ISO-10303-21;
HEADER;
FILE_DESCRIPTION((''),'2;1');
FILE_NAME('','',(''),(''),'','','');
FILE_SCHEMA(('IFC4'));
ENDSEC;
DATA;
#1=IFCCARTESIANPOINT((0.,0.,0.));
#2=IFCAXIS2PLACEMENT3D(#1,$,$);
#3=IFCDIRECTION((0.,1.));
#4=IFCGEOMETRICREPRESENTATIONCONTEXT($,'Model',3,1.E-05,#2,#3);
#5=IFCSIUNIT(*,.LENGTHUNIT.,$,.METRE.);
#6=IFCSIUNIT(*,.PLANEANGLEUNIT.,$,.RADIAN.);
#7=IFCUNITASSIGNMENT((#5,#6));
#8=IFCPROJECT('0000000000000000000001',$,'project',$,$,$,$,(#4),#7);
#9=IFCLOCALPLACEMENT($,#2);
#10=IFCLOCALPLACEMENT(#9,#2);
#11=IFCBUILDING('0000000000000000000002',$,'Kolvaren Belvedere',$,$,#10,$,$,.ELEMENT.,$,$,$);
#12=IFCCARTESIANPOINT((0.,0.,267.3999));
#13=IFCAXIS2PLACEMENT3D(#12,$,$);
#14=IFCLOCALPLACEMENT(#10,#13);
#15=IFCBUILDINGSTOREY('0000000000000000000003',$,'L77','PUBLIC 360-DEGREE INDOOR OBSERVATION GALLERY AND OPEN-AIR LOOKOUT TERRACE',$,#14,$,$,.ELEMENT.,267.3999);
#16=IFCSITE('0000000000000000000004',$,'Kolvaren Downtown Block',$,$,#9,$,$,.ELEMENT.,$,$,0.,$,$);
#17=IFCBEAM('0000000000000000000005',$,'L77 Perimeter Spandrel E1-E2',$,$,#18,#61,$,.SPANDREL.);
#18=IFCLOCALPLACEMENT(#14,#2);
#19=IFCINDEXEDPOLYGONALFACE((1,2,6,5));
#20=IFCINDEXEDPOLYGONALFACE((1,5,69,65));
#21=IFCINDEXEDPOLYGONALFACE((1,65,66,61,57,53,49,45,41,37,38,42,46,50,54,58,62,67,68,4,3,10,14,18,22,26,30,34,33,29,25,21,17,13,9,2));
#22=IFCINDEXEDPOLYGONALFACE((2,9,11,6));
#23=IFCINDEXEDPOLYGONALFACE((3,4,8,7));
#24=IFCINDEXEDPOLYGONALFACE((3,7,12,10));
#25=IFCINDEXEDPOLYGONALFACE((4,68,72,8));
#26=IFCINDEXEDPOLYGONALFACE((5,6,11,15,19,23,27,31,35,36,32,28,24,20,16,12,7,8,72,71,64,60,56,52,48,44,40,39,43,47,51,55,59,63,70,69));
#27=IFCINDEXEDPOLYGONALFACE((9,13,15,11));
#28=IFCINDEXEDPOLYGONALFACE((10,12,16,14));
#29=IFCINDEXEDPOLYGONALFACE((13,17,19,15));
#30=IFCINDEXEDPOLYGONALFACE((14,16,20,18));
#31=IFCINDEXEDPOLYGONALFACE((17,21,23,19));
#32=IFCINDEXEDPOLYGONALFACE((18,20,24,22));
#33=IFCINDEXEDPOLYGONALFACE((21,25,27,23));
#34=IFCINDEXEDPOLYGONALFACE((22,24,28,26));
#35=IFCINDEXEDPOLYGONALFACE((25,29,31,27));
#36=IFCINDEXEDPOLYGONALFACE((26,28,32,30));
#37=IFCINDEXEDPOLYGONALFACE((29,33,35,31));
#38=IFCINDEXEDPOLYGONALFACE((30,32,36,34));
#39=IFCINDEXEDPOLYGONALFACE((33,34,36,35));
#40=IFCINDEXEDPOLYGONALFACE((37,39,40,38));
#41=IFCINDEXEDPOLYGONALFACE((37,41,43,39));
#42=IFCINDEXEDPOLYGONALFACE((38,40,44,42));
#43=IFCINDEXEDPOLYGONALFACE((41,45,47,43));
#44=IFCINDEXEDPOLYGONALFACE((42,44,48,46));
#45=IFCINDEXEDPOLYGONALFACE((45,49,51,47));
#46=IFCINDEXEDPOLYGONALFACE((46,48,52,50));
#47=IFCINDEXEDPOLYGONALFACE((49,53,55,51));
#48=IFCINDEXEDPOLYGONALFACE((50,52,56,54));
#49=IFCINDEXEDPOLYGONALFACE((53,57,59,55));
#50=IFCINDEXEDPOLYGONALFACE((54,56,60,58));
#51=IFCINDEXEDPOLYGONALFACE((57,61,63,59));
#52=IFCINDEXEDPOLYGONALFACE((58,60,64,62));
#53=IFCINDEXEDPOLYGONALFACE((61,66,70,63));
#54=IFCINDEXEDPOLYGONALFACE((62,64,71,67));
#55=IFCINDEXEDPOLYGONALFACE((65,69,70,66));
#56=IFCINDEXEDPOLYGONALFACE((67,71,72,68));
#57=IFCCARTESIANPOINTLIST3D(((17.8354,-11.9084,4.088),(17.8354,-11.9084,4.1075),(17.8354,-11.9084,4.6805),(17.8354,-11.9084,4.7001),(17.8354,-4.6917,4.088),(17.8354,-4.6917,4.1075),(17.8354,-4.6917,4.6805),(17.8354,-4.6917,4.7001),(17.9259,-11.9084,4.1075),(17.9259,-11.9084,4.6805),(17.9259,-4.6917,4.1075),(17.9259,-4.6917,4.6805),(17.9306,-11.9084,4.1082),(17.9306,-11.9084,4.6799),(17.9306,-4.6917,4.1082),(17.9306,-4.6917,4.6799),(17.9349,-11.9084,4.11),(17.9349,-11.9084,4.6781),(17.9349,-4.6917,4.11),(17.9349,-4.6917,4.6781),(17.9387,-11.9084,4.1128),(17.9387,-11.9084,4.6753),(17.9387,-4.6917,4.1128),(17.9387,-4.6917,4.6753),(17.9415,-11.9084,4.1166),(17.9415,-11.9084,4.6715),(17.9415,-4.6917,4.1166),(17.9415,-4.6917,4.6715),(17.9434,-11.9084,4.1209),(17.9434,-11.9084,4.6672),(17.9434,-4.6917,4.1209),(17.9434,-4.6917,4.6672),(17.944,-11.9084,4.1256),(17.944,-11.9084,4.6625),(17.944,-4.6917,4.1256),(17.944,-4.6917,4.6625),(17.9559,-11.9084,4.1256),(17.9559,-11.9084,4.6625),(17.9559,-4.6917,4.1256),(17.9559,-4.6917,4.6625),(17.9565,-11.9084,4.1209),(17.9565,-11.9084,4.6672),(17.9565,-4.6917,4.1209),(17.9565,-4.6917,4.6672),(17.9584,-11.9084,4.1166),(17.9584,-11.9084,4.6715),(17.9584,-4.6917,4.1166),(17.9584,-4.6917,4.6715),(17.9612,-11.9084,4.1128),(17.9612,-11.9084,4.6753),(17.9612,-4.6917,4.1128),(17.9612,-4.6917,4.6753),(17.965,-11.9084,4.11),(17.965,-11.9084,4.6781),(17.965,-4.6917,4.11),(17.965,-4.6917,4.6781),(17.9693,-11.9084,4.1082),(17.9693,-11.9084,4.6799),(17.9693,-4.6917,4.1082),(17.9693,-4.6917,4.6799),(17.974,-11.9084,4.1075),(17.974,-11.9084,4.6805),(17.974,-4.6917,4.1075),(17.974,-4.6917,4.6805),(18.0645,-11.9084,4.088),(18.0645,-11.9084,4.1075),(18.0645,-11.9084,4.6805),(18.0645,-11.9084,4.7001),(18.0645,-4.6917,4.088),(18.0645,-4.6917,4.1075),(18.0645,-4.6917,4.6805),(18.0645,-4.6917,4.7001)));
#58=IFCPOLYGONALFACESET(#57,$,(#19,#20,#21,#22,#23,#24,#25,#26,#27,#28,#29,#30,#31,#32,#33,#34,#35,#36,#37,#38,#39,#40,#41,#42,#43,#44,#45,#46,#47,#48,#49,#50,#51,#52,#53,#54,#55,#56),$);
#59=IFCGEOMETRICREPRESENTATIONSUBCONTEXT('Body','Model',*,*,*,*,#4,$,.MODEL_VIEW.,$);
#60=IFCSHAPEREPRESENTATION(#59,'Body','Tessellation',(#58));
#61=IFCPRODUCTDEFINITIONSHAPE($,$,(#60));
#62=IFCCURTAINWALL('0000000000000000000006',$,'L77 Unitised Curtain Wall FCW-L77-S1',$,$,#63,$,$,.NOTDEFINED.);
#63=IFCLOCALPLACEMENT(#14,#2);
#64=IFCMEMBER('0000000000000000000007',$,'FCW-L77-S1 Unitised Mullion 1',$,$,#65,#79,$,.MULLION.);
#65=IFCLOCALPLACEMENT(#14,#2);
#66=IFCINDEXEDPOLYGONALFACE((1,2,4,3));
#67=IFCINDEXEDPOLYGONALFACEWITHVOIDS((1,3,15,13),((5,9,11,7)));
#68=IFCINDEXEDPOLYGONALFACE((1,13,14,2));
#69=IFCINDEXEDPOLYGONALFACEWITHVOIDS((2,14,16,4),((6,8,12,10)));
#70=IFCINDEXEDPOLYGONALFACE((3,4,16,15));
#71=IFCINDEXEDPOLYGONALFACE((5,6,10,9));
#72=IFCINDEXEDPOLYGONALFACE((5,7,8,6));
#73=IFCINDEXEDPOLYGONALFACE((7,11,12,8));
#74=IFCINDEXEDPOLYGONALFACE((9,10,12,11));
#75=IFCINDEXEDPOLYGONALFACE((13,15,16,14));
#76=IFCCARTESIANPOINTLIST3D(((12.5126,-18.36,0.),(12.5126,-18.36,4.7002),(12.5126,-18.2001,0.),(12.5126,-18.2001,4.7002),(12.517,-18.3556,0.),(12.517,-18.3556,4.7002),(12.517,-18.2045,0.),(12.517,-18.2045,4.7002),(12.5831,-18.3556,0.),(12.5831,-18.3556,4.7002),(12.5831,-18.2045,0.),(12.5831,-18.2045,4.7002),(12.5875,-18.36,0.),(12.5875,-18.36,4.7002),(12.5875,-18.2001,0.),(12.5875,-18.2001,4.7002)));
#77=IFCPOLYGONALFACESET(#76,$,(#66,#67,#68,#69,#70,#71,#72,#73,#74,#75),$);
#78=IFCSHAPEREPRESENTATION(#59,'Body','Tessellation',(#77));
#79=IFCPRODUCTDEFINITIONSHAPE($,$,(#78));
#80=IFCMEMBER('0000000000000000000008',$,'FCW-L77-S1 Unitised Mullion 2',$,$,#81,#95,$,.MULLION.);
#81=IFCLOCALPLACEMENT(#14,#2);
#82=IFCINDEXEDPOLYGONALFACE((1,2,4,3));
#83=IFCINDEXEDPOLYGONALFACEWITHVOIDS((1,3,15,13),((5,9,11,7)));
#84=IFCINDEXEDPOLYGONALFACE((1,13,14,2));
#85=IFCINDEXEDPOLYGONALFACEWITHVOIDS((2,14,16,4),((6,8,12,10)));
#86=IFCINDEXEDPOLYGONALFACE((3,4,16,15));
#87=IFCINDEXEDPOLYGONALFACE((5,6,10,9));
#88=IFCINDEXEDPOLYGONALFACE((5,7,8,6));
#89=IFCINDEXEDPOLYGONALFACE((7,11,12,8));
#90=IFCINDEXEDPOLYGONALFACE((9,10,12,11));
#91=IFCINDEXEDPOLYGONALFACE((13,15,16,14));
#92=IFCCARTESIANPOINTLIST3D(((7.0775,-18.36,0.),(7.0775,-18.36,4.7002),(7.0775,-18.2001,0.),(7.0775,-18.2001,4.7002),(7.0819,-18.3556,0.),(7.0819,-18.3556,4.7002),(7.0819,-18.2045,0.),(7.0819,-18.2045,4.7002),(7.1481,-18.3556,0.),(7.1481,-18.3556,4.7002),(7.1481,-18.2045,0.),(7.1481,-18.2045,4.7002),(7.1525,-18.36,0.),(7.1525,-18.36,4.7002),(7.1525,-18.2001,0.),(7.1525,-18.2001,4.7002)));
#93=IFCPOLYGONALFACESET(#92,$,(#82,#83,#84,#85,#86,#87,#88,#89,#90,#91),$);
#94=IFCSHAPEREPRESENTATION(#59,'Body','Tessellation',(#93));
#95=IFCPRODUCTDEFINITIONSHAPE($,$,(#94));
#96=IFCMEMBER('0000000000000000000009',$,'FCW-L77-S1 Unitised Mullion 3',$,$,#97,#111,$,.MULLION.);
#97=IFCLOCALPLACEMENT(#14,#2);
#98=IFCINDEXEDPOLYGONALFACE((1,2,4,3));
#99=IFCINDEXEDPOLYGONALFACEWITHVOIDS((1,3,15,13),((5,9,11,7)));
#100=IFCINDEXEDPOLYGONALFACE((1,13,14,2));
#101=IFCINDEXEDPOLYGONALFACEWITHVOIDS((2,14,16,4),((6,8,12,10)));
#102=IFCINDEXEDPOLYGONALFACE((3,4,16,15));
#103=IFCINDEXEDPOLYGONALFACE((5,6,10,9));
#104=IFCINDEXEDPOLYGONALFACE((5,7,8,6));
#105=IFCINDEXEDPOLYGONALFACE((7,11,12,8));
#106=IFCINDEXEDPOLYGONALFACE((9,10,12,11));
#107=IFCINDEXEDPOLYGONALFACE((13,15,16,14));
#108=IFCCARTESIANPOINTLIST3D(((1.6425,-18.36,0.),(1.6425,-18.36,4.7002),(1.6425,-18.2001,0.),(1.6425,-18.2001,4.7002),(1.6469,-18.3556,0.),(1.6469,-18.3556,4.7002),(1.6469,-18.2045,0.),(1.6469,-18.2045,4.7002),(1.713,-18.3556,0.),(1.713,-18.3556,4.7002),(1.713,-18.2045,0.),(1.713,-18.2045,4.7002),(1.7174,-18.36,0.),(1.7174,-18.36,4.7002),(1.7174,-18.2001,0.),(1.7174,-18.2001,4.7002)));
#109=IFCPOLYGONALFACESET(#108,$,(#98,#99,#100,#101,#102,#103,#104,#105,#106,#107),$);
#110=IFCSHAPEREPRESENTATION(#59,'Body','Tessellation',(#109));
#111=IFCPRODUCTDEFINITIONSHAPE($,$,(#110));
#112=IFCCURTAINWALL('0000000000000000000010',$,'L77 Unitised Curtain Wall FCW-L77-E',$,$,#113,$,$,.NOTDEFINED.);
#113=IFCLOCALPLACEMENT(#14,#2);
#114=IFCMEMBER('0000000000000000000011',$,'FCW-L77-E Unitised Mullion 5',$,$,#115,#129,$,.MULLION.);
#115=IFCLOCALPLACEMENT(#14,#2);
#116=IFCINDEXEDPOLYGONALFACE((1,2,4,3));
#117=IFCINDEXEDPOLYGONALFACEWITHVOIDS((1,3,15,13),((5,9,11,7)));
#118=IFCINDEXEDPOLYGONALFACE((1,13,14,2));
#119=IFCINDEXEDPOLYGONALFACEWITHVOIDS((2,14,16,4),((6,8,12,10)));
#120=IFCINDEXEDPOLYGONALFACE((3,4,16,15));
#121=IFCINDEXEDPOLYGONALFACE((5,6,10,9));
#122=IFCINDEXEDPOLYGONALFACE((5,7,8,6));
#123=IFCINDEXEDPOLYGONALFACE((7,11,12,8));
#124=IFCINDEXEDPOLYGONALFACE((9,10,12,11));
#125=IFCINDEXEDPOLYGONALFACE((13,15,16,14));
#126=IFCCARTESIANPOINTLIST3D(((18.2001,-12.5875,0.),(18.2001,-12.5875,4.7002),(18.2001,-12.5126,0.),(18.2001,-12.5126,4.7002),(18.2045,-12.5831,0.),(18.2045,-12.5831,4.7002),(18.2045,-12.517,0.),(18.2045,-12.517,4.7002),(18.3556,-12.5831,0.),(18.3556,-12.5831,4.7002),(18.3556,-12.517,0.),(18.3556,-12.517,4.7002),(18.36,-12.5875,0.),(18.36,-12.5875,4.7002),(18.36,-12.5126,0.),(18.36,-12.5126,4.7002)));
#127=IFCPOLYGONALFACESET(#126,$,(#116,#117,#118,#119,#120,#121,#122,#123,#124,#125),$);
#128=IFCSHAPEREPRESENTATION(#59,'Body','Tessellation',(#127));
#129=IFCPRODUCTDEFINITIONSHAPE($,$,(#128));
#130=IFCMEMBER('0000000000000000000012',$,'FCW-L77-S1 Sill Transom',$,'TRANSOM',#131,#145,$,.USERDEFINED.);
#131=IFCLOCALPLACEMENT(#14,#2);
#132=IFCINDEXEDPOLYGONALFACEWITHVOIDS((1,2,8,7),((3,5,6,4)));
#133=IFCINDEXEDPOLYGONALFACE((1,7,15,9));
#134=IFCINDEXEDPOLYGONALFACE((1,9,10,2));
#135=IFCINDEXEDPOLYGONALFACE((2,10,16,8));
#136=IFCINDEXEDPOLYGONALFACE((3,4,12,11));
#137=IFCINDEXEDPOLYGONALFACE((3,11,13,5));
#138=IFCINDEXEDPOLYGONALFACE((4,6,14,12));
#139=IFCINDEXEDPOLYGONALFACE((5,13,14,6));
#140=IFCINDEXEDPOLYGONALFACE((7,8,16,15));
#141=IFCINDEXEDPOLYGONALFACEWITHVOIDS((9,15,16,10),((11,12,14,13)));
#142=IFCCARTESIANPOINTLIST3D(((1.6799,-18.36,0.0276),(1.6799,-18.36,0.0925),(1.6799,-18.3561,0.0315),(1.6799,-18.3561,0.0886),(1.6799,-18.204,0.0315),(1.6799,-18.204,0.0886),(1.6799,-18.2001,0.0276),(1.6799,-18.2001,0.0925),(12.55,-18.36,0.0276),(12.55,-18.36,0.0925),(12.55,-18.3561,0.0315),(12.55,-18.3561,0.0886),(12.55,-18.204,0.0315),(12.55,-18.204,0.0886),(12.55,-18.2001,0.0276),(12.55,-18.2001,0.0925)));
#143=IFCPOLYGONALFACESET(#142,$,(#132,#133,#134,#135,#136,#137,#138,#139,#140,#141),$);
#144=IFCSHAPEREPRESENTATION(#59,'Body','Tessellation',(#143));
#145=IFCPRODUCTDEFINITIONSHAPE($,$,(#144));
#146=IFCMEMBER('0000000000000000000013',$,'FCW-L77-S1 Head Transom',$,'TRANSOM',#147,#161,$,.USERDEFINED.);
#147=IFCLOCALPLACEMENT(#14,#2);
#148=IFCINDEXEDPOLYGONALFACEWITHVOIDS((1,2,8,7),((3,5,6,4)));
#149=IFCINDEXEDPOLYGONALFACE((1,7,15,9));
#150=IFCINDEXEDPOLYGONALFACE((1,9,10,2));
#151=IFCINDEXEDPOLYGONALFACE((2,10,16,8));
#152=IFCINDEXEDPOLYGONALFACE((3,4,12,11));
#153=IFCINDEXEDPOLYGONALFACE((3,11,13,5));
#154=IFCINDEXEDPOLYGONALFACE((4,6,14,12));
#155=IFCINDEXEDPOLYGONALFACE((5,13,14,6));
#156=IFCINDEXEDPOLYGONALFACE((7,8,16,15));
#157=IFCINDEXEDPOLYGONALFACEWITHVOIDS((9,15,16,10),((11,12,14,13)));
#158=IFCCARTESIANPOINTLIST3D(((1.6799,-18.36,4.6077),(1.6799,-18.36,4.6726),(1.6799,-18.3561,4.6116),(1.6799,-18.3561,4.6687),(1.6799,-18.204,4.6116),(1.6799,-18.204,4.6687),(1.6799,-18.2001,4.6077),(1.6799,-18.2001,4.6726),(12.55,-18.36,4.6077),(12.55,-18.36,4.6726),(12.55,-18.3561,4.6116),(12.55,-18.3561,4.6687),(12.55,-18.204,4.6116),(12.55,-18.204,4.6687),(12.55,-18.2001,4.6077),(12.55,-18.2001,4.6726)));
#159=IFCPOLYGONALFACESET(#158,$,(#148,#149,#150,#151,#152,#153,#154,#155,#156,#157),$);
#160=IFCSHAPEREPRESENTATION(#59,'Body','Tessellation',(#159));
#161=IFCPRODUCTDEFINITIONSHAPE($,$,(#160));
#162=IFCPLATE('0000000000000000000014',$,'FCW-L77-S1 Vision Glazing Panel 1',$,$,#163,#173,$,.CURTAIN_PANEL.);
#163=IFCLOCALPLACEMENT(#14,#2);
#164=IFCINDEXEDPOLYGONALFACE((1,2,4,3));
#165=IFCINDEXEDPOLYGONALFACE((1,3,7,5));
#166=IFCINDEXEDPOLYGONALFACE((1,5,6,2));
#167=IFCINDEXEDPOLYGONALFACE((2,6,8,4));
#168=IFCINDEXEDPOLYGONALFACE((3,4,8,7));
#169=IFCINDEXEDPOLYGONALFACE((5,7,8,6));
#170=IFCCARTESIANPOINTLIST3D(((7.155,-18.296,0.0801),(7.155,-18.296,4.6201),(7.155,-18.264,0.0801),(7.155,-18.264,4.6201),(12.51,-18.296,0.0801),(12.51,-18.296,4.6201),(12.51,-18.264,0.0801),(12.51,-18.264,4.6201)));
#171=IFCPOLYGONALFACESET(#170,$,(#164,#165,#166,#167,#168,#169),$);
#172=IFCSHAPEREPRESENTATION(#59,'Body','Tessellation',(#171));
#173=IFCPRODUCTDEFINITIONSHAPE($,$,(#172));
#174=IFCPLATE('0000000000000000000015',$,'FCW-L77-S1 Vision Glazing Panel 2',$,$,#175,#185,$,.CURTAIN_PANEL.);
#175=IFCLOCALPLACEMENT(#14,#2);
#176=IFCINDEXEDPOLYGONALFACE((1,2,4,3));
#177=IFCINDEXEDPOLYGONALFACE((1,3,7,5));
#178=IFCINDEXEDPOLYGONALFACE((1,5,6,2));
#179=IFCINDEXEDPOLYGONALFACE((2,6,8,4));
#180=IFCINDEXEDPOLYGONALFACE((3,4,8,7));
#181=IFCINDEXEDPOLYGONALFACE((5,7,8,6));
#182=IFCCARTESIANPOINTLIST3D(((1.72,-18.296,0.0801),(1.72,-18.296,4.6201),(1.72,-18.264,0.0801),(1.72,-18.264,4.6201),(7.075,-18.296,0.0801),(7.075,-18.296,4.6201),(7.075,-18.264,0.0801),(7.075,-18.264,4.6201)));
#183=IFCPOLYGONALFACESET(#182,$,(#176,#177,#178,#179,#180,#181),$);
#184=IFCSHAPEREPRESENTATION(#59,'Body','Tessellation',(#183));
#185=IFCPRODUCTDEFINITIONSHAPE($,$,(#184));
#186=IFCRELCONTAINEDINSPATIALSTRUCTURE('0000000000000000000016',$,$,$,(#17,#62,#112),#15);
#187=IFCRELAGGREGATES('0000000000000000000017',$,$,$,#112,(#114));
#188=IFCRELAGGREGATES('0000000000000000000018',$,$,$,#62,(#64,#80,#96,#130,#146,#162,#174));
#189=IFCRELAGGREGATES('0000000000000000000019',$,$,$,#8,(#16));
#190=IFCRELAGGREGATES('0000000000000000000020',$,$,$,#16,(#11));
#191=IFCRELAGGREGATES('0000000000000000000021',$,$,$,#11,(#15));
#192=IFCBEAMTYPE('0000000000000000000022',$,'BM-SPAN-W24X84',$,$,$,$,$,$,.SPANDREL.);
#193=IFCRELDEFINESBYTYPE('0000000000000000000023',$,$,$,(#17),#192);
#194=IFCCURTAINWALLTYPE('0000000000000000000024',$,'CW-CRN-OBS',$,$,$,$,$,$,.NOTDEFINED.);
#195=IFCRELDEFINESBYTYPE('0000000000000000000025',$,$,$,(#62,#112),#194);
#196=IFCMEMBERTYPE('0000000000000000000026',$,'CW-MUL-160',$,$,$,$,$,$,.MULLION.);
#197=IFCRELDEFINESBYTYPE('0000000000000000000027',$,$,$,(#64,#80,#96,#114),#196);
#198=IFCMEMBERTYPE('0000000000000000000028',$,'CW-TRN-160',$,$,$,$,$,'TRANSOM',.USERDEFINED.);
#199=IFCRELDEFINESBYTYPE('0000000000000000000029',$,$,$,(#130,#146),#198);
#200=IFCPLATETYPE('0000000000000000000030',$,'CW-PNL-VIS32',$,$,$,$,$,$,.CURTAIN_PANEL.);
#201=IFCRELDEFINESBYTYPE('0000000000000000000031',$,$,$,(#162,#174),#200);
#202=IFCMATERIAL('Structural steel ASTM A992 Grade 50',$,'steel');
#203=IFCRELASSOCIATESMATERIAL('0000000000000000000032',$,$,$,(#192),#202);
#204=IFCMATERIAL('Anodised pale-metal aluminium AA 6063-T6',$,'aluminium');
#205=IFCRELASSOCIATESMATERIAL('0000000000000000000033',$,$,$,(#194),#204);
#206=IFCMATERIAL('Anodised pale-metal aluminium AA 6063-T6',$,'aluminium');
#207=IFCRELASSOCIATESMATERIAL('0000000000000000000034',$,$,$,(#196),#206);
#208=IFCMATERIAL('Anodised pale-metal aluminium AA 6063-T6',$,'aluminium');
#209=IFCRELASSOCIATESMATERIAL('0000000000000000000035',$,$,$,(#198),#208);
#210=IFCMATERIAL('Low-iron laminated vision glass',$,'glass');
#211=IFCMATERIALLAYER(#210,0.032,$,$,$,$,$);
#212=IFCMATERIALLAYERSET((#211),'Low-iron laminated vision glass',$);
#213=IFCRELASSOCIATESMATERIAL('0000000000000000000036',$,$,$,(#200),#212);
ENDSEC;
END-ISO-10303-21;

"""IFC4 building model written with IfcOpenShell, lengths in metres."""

from ifc_helpers import new_model, si_unit, direction, frame, origin, origin_2d, place, context, subcontext, project, spatial, rectangle, hollow_rectangle, i_section, extrude, material, layer, layer_set, material_profile, profile_set, type_object, element, aggregate, save


model = new_model("IFC4")

# Units and contexts
model_context = context("Model", 3, precision=1e-05, world=origin(), true_north=direction((0.0, 1.0)))
body_context = subcontext(model_context, "Body", "Model", "MODEL_VIEW")
ifc_project = project(units=[si_unit("LENGTHUNIT", "METRE"), si_unit("PLANEANGLEUNIT", "RADIAN")], contexts=[model_context])

# Site, building, storey
site_placement = place(None, origin())
site = spatial("IfcSite", under=ifc_project, at=site_placement, Name="Kolvaren Downtown Block", CompositionType="ELEMENT", RefElevation=0.0)
building_placement = place(site_placement, origin())
building = spatial("IfcBuilding", under=site, at=building_placement, Name="Kolvaren Belvedere", CompositionType="ELEMENT")
storey_placement = place(building_placement, frame((0.0, 0.0, 267.3999)))
storey = spatial("IfcBuildingStorey", under=building, at=storey_placement, Name="L77", Description="PUBLIC 360-DEGREE INDOOR OBSERVATION GALLERY AND OPEN-AIR LOOKOUT TERRACE", CompositionType="ELEMENT", Elevation=267.3999)

# Beam
ifc_material_1 = material(Name="Structural steel ASTM A992 Grade 50", Category="steel")
ifc_material_profile_1 = material_profile(ifc_material_1, i_section(OverallWidth=0.229, OverallDepth=0.6121, WebThickness=0.012, FlangeThickness=0.0195, FilletRadius=0.0181, at=origin_2d()), Name="W24X84")
ifc_profile_set_1 = profile_set([ifc_material_profile_1], Name="Structural steel ASTM A992 Grade 50")
beam_type_1 = type_object("IfcBeamType", Name="BM-SPAN-W24X84", PredefinedType="SPANDREL", material=ifc_profile_set_1)
beam_1_placement = place(storey_placement, frame((17.95, -11.9084, 4.394), z_axis=(0.0, 1.0, 0.0), x_axis=(-1.0, 0.0, 0.0)))
element("IfcBeam", 1, at=beam_1_placement, inside=storey, type_object=beam_type_1, Name="L77 Perimeter Spandrel E1-E2", PredefinedType="SPANDREL", context=body_context, shape_type="SweptSolid", body=[
    extrude(i_section(OverallWidth=0.229, OverallDepth=0.6121, WebThickness=0.012, FlangeThickness=0.0195, FilletRadius=0.0181, at=origin_2d()), origin(), (0.0, 0.0, 1.0), 7.2168),
])

# Curtain wall, members
ifc_material_2 = material(Name="Anodised pale-metal aluminium AA 6063-T6", Category="aluminium")
curtain_wall_type = type_object("IfcCurtainWallType", Name="CW-CRN-OBS", PredefinedType="NOTDEFINED", material=ifc_material_2)
curtain_wall_1_placement = place(storey_placement, origin())
curtain_wall_1 = element("IfcCurtainWall", 2, at=curtain_wall_1_placement, inside=storey, type_object=curtain_wall_type, Name="L77 Unitised Curtain Wall FCW-L77-S1", PredefinedType="NOTDEFINED")
ifc_material_3 = material(Name="Anodised pale-metal aluminium AA 6063-T6", Category="aluminium")
ifc_material_profile_2 = material_profile(ifc_material_3, hollow_rectangle(XDim=0.075, YDim=0.1599, WallThickness=0.0044, at=origin_2d()), Name="ALU-MUL-160X75")
ifc_profile_set_2 = profile_set([ifc_material_profile_2], Name="Anodised pale-metal aluminium AA 6063-T6")
member_type_1 = type_object("IfcMemberType", Name="CW-MUL-160", PredefinedType="MULLION", material=ifc_profile_set_2)
member_1_placement = place(storey_placement, frame((12.55, -18.28, 0.0), z_axis=(0.0, 0.0, 1.0), x_axis=(1.0, 0.0, 0.0)))
member_1 = element("IfcMember", 3, at=member_1_placement, type_object=member_type_1, Name="FCW-L77-S1 Unitised Mullion 1", PredefinedType="MULLION", context=body_context, shape_type="SweptSolid", body=[
    extrude(hollow_rectangle(XDim=0.075, YDim=0.1599, WallThickness=0.0044, at=origin_2d()), origin(), (0.0, 0.0, 1.0), 4.7002),
])
member_2_placement = place(storey_placement, frame((7.115, -18.28, 0.0), z_axis=(0.0, 0.0, 1.0), x_axis=(1.0, 0.0, 0.0)))
member_2 = element("IfcMember", 4, at=member_2_placement, type_object=member_type_1, Name="FCW-L77-S1 Unitised Mullion 2", PredefinedType="MULLION", context=body_context, shape_type="SweptSolid", body=[
    extrude(hollow_rectangle(XDim=0.075, YDim=0.1599, WallThickness=0.0044, at=origin_2d()), origin(), (0.0, 0.0, 1.0), 4.7002),
])
member_3_placement = place(storey_placement, frame((1.6799, -18.28, 0.0), z_axis=(0.0, 0.0, 1.0), x_axis=(1.0, 0.0, 0.0)))
member_3 = element("IfcMember", 5, at=member_3_placement, type_object=member_type_1, Name="FCW-L77-S1 Unitised Mullion 3", PredefinedType="MULLION", context=body_context, shape_type="SweptSolid", body=[
    extrude(hollow_rectangle(XDim=0.075, YDim=0.1599, WallThickness=0.0044, at=origin_2d()), origin(), (0.0, 0.0, 1.0), 4.7002),
])

# Curtain wall, member
curtain_wall_2_placement = place(storey_placement, origin())
curtain_wall_2 = element("IfcCurtainWall", 6, at=curtain_wall_2_placement, inside=storey, type_object=curtain_wall_type, Name="L77 Unitised Curtain Wall FCW-L77-E", PredefinedType="NOTDEFINED")
member_4_placement = place(storey_placement, frame((18.28, -12.55, 0.0), z_axis=(0.0, 0.0, 1.0), x_axis=(0.0, 1.0, 0.0)))
member_4 = element("IfcMember", 7, at=member_4_placement, type_object=member_type_1, Name="FCW-L77-E Unitised Mullion 5", PredefinedType="MULLION", context=body_context, shape_type="SweptSolid", body=[
    extrude(hollow_rectangle(XDim=0.075, YDim=0.1599, WallThickness=0.0044, at=origin_2d()), origin(), (0.0, 0.0, 1.0), 4.7002),
])
aggregate(curtain_wall_2, [member_4])

# Members
ifc_material_4 = material(Name="Anodised pale-metal aluminium AA 6063-T6", Category="aluminium")
ifc_material_profile_3 = material_profile(ifc_material_4, hollow_rectangle(XDim=0.0649, YDim=0.1599, WallThickness=0.0039, at=origin_2d()), Name="ALU-TRN-160X65")
ifc_profile_set_3 = profile_set([ifc_material_profile_3], Name="Anodised pale-metal aluminium AA 6063-T6")
member_type_2 = type_object("IfcMemberType", Name="CW-TRN-160", ElementType="TRANSOM", PredefinedType="USERDEFINED", material=ifc_profile_set_3)
member_5_placement = place(storey_placement, frame((12.55, -18.28, 0.0601), z_axis=(-1.0, 0.0, 0.0), x_axis=(0.0, 0.0, 1.0)))
member_5 = element("IfcMember", 8, at=member_5_placement, type_object=member_type_2, Name="FCW-L77-S1 Sill Transom", ObjectType="TRANSOM", PredefinedType="USERDEFINED", context=body_context, shape_type="SweptSolid", body=[
    extrude(hollow_rectangle(XDim=0.0649, YDim=0.1599, WallThickness=0.0039, at=origin_2d()), origin(), (0.0, 0.0, 1.0), 10.8701),
])
member_6_placement = place(storey_placement, frame((12.55, -18.28, 4.6401), z_axis=(-1.0, 0.0, 0.0), x_axis=(0.0, 0.0, 1.0)))
member_6 = element("IfcMember", 9, at=member_6_placement, type_object=member_type_2, Name="FCW-L77-S1 Head Transom", ObjectType="TRANSOM", PredefinedType="USERDEFINED", context=body_context, shape_type="SweptSolid", body=[
    extrude(hollow_rectangle(XDim=0.0649, YDim=0.1599, WallThickness=0.0039, at=origin_2d()), origin(), (0.0, 0.0, 1.0), 10.8701),
])

# Plates
ifc_material_5 = material(Name="Low-iron laminated vision glass", Category="glass")
ifc_layer_1 = layer(ifc_material_5, 0.032)
ifc_layer_set_1 = layer_set([ifc_layer_1], Name="Low-iron laminated vision glass")
plate_type_1 = type_object("IfcPlateType", Name="CW-PNL-VIS32", PredefinedType="CURTAIN_PANEL", material=ifc_layer_set_1)
plate_1_placement = place(storey_placement, frame((9.8325, -18.28, 0.0801), z_axis=(0.0, 0.0, 1.0), x_axis=(-1.0, 0.0, 0.0)))
plate_1 = element("IfcPlate", 10, at=plate_1_placement, type_object=plate_type_1, Name="FCW-L77-S1 Vision Glazing Panel 1", PredefinedType="CURTAIN_PANEL", context=body_context, shape_type="SweptSolid", body=[
    extrude(rectangle(XDim=5.355, YDim=0.032, at=origin_2d()), origin(), (0.0, 0.0, 1.0), 4.54),
])
plate_2_placement = place(storey_placement, frame((4.3975, -18.28, 0.0801), z_axis=(0.0, 0.0, 1.0), x_axis=(-1.0, 0.0, 0.0)))
plate_2 = element("IfcPlate", 11, at=plate_2_placement, type_object=plate_type_1, Name="FCW-L77-S1 Vision Glazing Panel 2", PredefinedType="CURTAIN_PANEL", context=body_context, shape_type="SweptSolid", body=[
    extrude(rectangle(XDim=5.355, YDim=0.032, at=origin_2d()), origin(), (0.0, 0.0, 1.0), 4.54),
])
aggregate(curtain_wall_1, [member_1, member_2, member_3, member_5, member_6, plate_1, plate_2])

save(model, "model.ifc")
